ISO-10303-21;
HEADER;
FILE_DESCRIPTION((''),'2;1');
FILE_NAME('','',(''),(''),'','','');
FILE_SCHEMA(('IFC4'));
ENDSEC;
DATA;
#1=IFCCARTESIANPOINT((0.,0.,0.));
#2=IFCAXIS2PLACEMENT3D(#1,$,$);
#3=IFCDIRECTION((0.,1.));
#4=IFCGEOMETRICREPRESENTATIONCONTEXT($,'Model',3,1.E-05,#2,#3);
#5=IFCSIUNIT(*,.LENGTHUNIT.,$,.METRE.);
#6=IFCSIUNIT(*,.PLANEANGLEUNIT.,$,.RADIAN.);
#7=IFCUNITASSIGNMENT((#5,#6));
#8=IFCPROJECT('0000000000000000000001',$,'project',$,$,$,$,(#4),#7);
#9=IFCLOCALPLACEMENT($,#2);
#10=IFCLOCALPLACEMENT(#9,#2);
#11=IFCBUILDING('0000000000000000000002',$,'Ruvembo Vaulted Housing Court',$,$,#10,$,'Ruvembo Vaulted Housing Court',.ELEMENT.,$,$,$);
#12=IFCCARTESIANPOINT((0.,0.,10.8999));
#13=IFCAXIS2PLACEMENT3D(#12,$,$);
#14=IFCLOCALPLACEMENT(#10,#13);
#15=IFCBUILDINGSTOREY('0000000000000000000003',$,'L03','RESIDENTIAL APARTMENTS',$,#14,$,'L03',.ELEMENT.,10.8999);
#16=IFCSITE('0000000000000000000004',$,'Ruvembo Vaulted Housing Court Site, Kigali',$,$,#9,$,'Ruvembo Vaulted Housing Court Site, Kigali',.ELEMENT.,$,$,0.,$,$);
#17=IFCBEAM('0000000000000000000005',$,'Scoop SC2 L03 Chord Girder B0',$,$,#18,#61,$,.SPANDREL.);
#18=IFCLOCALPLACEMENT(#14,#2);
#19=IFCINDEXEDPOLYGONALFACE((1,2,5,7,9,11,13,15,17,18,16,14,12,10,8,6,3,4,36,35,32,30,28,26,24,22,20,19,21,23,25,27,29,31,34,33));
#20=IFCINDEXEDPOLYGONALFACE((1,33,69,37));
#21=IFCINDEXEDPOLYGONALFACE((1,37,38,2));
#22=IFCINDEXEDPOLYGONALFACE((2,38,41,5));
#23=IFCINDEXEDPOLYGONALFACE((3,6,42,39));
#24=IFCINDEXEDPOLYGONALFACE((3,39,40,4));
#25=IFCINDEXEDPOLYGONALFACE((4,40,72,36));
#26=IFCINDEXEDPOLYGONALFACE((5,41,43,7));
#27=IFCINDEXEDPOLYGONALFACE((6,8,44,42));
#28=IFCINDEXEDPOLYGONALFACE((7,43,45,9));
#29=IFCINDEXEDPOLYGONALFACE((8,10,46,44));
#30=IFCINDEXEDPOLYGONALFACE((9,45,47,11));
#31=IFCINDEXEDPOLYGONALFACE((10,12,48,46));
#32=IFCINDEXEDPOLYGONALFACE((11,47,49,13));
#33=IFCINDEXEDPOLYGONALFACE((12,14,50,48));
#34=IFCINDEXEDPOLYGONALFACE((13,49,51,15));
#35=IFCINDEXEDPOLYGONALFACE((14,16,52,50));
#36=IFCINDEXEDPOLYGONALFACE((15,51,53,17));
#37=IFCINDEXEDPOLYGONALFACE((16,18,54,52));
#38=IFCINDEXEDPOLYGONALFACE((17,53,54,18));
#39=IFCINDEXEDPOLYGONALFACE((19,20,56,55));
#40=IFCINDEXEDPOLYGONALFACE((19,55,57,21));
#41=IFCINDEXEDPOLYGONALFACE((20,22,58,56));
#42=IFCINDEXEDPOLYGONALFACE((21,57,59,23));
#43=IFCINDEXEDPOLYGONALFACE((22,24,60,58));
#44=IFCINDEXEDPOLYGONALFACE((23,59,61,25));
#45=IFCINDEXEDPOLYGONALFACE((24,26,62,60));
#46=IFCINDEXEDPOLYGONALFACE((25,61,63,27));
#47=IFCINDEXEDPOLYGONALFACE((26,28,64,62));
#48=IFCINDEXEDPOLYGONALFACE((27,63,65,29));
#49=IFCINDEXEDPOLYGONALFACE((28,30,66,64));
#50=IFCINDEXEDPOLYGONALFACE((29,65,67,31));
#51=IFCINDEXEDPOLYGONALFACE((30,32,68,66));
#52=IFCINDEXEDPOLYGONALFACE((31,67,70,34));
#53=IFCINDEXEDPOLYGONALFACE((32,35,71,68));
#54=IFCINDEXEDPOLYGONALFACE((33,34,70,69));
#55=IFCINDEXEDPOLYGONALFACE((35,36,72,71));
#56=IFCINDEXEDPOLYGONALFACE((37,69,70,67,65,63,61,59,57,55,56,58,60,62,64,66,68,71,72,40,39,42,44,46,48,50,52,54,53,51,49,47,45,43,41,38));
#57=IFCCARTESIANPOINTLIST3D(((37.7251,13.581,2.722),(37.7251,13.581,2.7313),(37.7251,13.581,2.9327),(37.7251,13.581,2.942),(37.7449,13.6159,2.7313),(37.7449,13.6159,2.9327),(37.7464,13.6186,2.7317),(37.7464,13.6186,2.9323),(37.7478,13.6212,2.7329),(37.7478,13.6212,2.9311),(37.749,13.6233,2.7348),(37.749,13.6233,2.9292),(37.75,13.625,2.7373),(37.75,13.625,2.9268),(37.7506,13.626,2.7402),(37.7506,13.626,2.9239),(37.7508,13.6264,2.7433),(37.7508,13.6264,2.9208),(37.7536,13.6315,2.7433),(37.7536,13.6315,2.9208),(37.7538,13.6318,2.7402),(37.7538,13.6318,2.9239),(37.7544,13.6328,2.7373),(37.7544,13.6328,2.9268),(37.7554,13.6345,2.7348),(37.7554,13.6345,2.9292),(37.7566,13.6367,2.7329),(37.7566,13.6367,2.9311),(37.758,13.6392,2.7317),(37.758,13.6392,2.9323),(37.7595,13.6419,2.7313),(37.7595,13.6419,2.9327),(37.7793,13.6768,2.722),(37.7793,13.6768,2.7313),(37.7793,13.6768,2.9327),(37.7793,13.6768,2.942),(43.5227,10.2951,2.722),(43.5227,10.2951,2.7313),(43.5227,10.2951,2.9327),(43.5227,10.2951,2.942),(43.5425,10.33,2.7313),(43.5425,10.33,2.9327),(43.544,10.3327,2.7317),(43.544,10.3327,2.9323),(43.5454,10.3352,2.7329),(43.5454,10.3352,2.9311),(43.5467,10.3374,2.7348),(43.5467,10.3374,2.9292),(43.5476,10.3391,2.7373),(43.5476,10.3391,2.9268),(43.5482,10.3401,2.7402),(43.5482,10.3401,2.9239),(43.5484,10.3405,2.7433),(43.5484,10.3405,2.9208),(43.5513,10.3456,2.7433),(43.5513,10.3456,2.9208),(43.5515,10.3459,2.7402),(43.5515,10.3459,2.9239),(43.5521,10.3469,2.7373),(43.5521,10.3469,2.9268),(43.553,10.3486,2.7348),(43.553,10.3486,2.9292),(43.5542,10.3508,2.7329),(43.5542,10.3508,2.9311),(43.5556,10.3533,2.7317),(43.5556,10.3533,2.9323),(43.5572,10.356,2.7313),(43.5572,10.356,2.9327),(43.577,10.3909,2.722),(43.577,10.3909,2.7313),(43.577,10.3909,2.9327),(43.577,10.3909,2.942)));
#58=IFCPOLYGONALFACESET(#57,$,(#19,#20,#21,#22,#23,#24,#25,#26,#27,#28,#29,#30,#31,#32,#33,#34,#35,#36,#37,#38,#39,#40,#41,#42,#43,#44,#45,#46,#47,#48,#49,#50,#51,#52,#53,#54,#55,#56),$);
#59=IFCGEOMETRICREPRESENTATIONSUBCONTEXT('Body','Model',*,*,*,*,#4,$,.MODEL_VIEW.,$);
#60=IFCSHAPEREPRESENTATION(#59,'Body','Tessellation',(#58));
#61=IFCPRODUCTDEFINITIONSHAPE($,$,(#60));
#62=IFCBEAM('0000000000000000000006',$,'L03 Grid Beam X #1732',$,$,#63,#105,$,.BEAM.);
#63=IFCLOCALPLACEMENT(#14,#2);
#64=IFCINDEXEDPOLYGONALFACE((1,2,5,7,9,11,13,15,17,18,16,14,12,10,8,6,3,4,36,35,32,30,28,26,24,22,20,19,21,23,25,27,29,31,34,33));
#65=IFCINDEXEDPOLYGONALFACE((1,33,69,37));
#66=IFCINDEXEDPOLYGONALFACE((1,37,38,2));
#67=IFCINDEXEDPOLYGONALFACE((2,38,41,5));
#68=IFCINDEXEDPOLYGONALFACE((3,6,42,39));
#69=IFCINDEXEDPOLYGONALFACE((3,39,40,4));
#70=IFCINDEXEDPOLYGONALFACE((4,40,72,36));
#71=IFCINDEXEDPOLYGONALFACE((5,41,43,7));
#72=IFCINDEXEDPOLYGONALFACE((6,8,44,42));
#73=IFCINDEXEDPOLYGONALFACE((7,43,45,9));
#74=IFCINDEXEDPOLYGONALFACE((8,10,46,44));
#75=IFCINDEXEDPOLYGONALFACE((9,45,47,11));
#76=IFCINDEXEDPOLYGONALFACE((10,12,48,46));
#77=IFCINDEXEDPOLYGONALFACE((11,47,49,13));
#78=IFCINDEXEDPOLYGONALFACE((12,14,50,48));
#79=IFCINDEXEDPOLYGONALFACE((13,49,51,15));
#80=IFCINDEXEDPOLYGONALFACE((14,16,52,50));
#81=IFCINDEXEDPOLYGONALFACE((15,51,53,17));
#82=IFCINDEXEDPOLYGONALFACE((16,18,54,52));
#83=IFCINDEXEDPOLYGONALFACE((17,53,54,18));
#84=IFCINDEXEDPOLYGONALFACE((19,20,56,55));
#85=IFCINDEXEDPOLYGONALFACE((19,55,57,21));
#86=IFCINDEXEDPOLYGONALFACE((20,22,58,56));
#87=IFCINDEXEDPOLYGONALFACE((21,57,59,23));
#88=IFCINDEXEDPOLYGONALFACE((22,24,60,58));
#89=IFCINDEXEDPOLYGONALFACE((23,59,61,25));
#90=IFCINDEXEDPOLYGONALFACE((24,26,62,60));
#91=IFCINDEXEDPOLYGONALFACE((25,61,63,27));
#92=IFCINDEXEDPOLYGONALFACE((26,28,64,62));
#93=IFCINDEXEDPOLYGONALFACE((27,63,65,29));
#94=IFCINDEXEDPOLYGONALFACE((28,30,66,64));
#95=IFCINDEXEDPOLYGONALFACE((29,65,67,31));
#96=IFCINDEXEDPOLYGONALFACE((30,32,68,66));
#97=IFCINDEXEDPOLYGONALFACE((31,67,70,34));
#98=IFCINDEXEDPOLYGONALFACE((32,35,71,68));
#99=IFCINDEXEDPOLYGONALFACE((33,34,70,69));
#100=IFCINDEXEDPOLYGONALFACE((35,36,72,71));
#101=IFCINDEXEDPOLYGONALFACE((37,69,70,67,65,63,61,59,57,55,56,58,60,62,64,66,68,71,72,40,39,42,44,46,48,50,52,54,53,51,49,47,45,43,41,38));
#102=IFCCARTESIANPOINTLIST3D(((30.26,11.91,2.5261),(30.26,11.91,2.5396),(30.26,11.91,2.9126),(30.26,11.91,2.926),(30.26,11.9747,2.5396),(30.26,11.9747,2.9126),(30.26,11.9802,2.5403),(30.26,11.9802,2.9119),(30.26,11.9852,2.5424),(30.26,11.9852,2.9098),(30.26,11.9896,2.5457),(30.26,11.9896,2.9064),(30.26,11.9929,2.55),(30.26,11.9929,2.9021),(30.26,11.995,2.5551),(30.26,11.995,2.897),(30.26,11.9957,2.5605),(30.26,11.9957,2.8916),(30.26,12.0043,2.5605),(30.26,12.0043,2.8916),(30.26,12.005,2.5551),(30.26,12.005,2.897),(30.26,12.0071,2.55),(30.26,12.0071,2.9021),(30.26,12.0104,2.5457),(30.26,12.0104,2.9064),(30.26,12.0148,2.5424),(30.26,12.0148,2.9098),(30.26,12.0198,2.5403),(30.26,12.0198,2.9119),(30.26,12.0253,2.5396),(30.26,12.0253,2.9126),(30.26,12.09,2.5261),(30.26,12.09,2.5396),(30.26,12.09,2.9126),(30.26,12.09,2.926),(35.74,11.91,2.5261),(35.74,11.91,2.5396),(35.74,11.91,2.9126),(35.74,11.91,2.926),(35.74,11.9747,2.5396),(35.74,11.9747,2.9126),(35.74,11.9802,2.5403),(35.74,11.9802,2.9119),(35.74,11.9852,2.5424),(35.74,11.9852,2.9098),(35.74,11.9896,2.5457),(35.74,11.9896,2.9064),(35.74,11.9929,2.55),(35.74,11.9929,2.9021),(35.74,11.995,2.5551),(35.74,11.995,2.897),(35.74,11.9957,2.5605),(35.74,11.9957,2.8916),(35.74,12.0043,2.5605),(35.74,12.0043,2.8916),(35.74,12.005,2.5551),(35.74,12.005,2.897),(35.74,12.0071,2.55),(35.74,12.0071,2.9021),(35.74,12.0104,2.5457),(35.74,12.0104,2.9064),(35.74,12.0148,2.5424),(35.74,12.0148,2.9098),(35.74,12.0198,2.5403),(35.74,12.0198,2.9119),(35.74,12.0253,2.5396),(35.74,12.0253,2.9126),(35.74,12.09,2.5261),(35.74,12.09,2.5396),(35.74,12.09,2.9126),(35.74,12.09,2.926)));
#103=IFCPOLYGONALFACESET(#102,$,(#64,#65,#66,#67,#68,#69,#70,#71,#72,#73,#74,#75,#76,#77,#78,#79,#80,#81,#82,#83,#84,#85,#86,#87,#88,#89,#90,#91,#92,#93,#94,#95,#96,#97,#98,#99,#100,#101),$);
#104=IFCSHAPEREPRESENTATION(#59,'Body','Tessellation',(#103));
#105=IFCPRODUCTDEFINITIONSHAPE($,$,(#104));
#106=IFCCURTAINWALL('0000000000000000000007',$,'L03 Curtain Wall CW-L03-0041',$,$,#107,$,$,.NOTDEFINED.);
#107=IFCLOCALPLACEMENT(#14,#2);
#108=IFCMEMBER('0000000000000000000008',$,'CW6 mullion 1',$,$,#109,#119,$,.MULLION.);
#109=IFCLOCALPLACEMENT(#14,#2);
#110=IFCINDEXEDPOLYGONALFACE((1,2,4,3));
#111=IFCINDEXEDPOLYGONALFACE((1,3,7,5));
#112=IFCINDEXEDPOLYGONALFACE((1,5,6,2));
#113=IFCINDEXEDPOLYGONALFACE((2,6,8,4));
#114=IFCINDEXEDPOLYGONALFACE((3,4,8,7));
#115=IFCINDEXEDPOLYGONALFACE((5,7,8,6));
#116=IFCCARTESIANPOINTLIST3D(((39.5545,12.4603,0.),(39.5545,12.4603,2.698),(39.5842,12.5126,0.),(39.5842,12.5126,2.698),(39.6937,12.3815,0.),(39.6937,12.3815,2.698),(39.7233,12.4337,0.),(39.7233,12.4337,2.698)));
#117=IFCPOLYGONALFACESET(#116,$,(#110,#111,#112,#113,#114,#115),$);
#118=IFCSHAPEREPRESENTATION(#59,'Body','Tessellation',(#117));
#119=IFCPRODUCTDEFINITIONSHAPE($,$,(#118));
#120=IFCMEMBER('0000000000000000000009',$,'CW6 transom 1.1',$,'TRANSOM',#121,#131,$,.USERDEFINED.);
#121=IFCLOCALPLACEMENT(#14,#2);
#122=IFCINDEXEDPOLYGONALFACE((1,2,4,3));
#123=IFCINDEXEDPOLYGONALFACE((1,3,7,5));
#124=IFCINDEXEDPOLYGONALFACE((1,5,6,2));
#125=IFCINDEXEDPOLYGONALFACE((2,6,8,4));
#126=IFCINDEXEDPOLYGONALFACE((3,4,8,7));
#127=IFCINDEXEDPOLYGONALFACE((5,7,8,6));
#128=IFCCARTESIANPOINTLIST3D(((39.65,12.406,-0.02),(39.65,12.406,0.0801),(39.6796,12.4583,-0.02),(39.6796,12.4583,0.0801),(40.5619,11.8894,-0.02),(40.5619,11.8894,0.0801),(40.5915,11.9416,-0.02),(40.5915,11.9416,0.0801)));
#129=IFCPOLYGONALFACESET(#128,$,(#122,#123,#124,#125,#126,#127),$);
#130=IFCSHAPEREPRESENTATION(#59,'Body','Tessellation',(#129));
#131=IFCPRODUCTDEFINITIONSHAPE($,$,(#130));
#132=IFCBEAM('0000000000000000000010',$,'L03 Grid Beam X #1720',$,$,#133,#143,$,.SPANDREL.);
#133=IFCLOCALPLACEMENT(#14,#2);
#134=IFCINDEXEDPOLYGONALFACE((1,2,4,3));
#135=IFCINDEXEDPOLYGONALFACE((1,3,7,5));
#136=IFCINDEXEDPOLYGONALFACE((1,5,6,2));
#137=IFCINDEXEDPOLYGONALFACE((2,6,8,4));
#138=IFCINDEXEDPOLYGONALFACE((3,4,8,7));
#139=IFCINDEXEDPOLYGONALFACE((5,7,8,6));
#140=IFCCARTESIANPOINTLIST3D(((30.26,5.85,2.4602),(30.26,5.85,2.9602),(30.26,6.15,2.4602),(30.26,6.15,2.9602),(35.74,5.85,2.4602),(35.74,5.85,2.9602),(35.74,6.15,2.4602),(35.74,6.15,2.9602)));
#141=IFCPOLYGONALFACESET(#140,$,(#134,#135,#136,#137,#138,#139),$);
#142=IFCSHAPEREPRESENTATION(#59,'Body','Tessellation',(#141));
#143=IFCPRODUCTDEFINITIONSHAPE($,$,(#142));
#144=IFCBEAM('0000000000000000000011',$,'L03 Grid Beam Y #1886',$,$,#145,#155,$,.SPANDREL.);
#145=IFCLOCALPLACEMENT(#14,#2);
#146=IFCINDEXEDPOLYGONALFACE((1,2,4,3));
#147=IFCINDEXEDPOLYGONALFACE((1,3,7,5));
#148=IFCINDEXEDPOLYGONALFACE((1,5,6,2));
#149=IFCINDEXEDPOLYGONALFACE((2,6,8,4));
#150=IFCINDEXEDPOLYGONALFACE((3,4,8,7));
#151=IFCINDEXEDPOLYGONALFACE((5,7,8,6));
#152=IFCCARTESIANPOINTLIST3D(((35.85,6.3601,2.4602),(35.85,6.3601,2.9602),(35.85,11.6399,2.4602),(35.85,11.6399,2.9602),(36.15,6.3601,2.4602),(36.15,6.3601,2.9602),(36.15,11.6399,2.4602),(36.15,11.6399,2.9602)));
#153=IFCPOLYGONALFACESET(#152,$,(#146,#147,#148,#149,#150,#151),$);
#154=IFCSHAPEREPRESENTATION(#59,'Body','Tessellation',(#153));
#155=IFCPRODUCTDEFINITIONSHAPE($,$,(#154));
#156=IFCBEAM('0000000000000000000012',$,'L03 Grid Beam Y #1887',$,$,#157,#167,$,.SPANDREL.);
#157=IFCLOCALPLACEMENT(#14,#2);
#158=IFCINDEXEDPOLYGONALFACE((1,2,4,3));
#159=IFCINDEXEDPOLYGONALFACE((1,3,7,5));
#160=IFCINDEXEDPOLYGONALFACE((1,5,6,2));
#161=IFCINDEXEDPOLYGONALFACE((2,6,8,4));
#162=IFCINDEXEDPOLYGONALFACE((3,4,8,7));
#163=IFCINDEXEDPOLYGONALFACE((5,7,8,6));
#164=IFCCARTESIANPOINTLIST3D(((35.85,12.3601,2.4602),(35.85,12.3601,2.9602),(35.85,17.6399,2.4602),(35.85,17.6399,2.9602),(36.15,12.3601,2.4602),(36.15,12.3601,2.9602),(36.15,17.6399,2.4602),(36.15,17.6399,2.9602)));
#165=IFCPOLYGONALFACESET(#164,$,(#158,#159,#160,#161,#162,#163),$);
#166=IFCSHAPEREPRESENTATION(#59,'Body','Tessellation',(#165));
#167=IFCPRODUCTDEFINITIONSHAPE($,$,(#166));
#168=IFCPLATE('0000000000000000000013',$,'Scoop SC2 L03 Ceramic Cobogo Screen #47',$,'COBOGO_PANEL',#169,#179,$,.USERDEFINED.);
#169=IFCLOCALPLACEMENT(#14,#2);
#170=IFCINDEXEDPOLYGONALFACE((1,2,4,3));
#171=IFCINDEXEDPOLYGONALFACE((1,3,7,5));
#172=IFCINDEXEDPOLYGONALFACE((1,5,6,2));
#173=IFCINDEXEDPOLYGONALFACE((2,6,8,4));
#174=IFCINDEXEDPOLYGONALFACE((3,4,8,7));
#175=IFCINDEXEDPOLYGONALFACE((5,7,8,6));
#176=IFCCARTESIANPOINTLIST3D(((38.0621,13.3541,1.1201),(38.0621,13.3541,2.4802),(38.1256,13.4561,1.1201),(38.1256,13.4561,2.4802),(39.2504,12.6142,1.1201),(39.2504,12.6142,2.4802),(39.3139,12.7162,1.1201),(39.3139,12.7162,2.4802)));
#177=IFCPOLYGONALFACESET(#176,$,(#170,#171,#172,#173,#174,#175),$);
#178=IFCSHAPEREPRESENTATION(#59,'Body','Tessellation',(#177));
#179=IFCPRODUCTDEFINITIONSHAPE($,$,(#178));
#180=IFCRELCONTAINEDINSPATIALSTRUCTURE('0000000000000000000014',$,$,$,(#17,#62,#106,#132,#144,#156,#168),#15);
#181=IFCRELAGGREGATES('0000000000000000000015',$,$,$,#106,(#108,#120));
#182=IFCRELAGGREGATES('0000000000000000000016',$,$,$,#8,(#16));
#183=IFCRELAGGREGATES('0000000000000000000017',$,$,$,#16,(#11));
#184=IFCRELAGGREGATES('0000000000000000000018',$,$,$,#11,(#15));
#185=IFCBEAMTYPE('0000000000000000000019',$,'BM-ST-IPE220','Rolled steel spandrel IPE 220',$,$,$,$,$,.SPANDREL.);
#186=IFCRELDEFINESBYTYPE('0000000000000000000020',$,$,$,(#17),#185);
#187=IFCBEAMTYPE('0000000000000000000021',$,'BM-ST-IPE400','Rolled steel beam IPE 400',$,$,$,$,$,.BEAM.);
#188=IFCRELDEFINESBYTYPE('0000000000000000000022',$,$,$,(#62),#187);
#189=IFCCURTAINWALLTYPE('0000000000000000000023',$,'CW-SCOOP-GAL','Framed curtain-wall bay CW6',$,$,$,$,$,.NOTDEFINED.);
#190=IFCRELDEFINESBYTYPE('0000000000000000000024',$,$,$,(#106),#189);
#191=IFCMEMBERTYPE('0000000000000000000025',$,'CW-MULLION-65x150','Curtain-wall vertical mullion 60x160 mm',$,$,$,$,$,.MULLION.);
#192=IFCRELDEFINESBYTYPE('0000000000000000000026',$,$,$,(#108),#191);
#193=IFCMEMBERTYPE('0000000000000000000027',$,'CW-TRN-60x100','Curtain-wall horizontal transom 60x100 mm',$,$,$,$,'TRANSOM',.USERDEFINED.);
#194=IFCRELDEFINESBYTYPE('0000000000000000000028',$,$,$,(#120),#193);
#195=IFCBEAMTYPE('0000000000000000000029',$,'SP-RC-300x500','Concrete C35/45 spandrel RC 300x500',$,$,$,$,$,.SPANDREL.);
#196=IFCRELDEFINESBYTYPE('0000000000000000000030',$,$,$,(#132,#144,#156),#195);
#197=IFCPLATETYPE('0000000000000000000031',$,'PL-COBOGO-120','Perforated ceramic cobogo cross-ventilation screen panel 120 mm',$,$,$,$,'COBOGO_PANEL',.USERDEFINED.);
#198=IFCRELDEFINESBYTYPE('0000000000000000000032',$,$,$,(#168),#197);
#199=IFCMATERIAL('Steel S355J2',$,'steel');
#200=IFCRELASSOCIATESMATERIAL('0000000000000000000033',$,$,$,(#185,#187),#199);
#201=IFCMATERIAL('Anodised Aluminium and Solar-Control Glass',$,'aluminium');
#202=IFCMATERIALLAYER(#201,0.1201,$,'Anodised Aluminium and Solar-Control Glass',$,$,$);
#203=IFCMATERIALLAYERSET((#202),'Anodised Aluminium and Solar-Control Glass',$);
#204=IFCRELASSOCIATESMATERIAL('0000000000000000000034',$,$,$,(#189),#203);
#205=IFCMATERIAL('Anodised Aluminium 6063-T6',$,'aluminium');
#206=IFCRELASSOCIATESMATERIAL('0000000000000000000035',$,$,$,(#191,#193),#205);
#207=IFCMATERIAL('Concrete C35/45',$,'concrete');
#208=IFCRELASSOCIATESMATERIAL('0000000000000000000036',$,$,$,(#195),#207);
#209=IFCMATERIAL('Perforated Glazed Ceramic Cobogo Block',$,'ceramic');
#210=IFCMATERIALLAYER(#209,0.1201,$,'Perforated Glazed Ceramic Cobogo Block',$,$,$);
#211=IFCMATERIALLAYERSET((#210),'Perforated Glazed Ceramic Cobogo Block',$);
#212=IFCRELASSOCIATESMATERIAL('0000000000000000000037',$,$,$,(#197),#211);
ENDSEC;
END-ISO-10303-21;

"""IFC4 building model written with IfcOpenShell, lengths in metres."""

from ifc_helpers import new_model, si_unit, direction, frame, origin, origin_2d, place, context, subcontext, project, spatial, rectangle, i_section, extrude, material, layer, layer_set, material_profile, profile_set, type_object, element, aggregate, save


model = new_model("IFC4")

# Units and contexts
model_context = context("Model", 3, precision=1e-05, world=origin(), true_north=direction((0.0, 1.0)))
body_context = subcontext(model_context, "Body", "Model", "MODEL_VIEW")
ifc_project = project(units=[si_unit("LENGTHUNIT", "METRE"), si_unit("PLANEANGLEUNIT", "RADIAN")], contexts=[model_context])

# Site, building, storey
site_placement = place(None, origin())
site = spatial("IfcSite", under=ifc_project, at=site_placement, Name="Ruvembo Vaulted Housing Court Site, Kigali", LongName="Ruvembo Vaulted Housing Court Site, Kigali", CompositionType="ELEMENT", RefElevation=0.0)
building_placement = place(site_placement, origin())
building = spatial("IfcBuilding", under=site, at=building_placement, Name="Ruvembo Vaulted Housing Court", LongName="Ruvembo Vaulted Housing Court", CompositionType="ELEMENT")
storey_placement = place(building_placement, frame((0.0, 0.0, 10.8999)))
storey = spatial("IfcBuildingStorey", under=building, at=storey_placement, Name="L03", Description="RESIDENTIAL APARTMENTS", LongName="L03", CompositionType="ELEMENT", Elevation=10.8999)

# Beams
ifc_material_1 = material(Name="Steel S355J2", Category="steel")
ifc_material_profile_1 = material_profile(ifc_material_1, i_section(OverallWidth=0.1101, OverallDepth=0.22, WebThickness=0.0059, FlangeThickness=0.0093, FilletRadius=0.012, at=origin_2d()), Name="IPE 220")
ifc_profile_set_1 = profile_set([ifc_material_profile_1], Name="Steel S355J2")
beam_type_1 = type_object("IfcBeamType", Name="BM-ST-IPE220", Description="Rolled steel spandrel IPE 220", PredefinedType="SPANDREL", material=ifc_profile_set_1)
beam_1_placement = place(storey_placement, frame((37.7522, 13.6289, 2.832), z_axis=(0.869985, -0.493078, 0.0), x_axis=(0.493078, 0.869985, 0.0)))
element("IfcBeam", 1, at=beam_1_placement, inside=storey, type_object=beam_type_1, Name="Scoop SC2 L03 Chord Girder B0", PredefinedType="SPANDREL", context=body_context, shape_type="SweptSolid", body=[
    extrude(i_section(OverallWidth=0.1101, OverallDepth=0.22, WebThickness=0.0059, FlangeThickness=0.0093, FilletRadius=0.012, at=origin_2d()), origin(), (0.0, 0.0, 1.0), 6.6641),
])
ifc_material_profile_2 = material_profile(ifc_material_1, i_section(OverallWidth=0.1799, OverallDepth=0.3999, WebThickness=0.0085, FlangeThickness=0.0134, FilletRadius=0.021, at=origin_2d()), Name="IPE 400")
ifc_profile_set_2 = profile_set([ifc_material_profile_2], Name="Steel S355J2")
beam_type_2 = type_object("IfcBeamType", Name="BM-ST-IPE400", Description="Rolled steel beam IPE 400", PredefinedType="BEAM", material=ifc_profile_set_2)
beam_2_placement = place(storey_placement, frame((30.26, 12.0, 2.7261), z_axis=(1.0, 0.0, 0.0), x_axis=(0.0, 1.0, 0.0)))
element("IfcBeam", 2, at=beam_2_placement, inside=storey, type_object=beam_type_2, Name="L03 Grid Beam X #1732", PredefinedType="BEAM", context=body_context, shape_type="SweptSolid", body=[
    extrude(i_section(OverallWidth=0.1799, OverallDepth=0.3999, WebThickness=0.0085, FlangeThickness=0.0134, FilletRadius=0.021, at=origin_2d()), origin(), (0.0, 0.0, 1.0), 5.48),
])

# Curtain wall, members
ifc_material_2 = material(Name="Anodised Aluminium and Solar-Control Glass", Category="aluminium")
ifc_layer_1 = layer(ifc_material_2, 0.1201, Name="Anodised Aluminium and Solar-Control Glass")
ifc_layer_set_1 = layer_set([ifc_layer_1], Name="Anodised Aluminium and Solar-Control Glass")
curtain_wall_type = type_object("IfcCurtainWallType", Name="CW-SCOOP-GAL", Description="Framed curtain-wall bay CW6", PredefinedType="NOTDEFINED", material=ifc_layer_set_1)
curtain_wall_placement = place(storey_placement, origin())
curtain_wall = element("IfcCurtainWall", 3, at=curtain_wall_placement, inside=storey, type_object=curtain_wall_type, Name="L03 Curtain Wall CW-L03-0041", PredefinedType="NOTDEFINED")
ifc_material_3 = material(Name="Anodised Aluminium 6063-T6", Category="aluminium")
ifc_material_profile_3 = material_profile(ifc_material_3, rectangle(XDim=0.0601, YDim=0.1599, at=origin_2d()), Name="ALU 60x160")
ifc_profile_set_3 = profile_set([ifc_material_profile_3], Name="Anodised Aluminium 6063-T6")
member_type_1 = type_object("IfcMemberType", Name="CW-MULLION-65x150", Description="Curtain-wall vertical mullion 60x160 mm", PredefinedType="MULLION", material=ifc_profile_set_3)
member_1_placement = place(storey_placement, frame((39.6389, 12.447, 0.0), z_axis=(0.0, 0.0, 1.0), x_axis=(0.493079, 0.869984, 0.0)))
member_1 = element("IfcMember", 4, at=member_1_placement, type_object=member_type_1, Name="CW6 mullion 1", PredefinedType="MULLION", context=body_context, shape_type="SweptSolid", body=[
    extrude(rectangle(XDim=0.0601, YDim=0.1599, at=origin_2d()), origin(), (0.0, 0.0, 1.0), 2.698),
])
ifc_material_profile_4 = material_profile(ifc_material_3, rectangle(XDim=0.0601, YDim=0.1001, at=origin_2d()), Name="ALU 60x100")
ifc_profile_set_4 = profile_set([ifc_material_profile_4], Name="Anodised Aluminium 6063-T6")
member_type_2 = type_object("IfcMemberType", Name="CW-TRN-60x100", Description="Curtain-wall horizontal transom 60x100 mm", ElementType="TRANSOM", PredefinedType="USERDEFINED", material=ifc_profile_set_4)
member_2_placement = place(storey_placement, frame((39.6648, 12.4321, 0.03), z_axis=(0.870072, -0.492924, 0.0), x_axis=(0.492924, 0.870072, 0.0)))
member_2 = element("IfcMember", 5, at=member_2_placement, type_object=member_type_2, Name="CW6 transom 1.1", ObjectType="TRANSOM", PredefinedType="USERDEFINED", context=body_context, shape_type="SweptSolid", body=[
    extrude(rectangle(XDim=0.0601, YDim=0.1001, at=origin_2d()), origin(), (0.0, 0.0, 1.0), 1.0481),
])
aggregate(curtain_wall, [member_1, member_2])

# Beams
ifc_material_4 = material(Name="Concrete C35/45", Category="concrete")
ifc_material_profile_5 = material_profile(ifc_material_4, rectangle(XDim=0.3, YDim=0.5, at=origin_2d()), Name="RC 300x500")
ifc_profile_set_5 = profile_set([ifc_material_profile_5], Name="Concrete C35/45")
beam_type_3 = type_object("IfcBeamType", Name="SP-RC-300x500", Description="Concrete C35/45 spandrel RC 300x500", PredefinedType="SPANDREL", material=ifc_profile_set_5)
beam_3_placement = place(storey_placement, frame((30.26, 6.0, 2.7102), z_axis=(1.0, 0.0, 0.0), x_axis=(0.0, 1.0, 0.0)))
element("IfcBeam", 6, at=beam_3_placement, inside=storey, type_object=beam_type_3, Name="L03 Grid Beam X #1720", PredefinedType="SPANDREL", context=body_context, shape_type="SweptSolid", body=[
    extrude(rectangle(XDim=0.3, YDim=0.5, at=origin_2d()), origin(), (0.0, 0.0, 1.0), 5.48),
])
for number, where, z_axis, x_axis, name in (
    (7, (36.0, 6.3601, 2.7102), (0.0, 1.0, 0.0), (-1.0, 0.0, 0.0), "L03 Grid Beam Y #1886"),
    (8, (36.0, 12.3601, 2.7102), (0.0, 1.0, 0.0), (-1.0, 0.0, 0.0), "L03 Grid Beam Y #1887"),
):
    element("IfcBeam", number, at=place(storey_placement, frame(where, z_axis=z_axis, x_axis=x_axis)), inside=storey, type_object=beam_type_3, Name=name, PredefinedType="SPANDREL", context=body_context, shape_type="SweptSolid", body=[
        extrude(rectangle(XDim=0.3, YDim=0.5, at=origin_2d()), origin(), (0.0, 0.0, 1.0), 5.2798),
    ])

# Plate
ifc_material_5 = material(Name="Perforated Glazed Ceramic Cobogo Block", Category="ceramic")
ifc_layer_2 = layer(ifc_material_5, 0.1201, Name="Perforated Glazed Ceramic Cobogo Block")
ifc_layer_set_2 = layer_set([ifc_layer_2], Name="Perforated Glazed Ceramic Cobogo Block")
plate_type = type_object("IfcPlateType", Name="PL-COBOGO-120", Description="Perforated ceramic cobogo cross-ventilation screen panel 120 mm", ElementType="COBOGO_PANEL", PredefinedType="USERDEFINED", material=ifc_layer_set_2)
plate_placement = place(storey_placement, frame((38.688, 13.0352, 1.1201), z_axis=(0.0, 0.0, 1.0), x_axis=(0.848889, -0.528572, 0.0)))
element("IfcPlate", 9, at=plate_placement, inside=storey, type_object=plate_type, Name="Scoop SC2 L03 Ceramic Cobogo Screen #47", ObjectType="COBOGO_PANEL", PredefinedType="USERDEFINED", context=body_context, shape_type="SweptSolid", body=[
    extrude(rectangle(XDim=1.3999, YDim=0.1201, at=origin_2d()), origin(), (0.0, 0.0, 1.0), 1.3601),
])

save(model, "model.ifc")
